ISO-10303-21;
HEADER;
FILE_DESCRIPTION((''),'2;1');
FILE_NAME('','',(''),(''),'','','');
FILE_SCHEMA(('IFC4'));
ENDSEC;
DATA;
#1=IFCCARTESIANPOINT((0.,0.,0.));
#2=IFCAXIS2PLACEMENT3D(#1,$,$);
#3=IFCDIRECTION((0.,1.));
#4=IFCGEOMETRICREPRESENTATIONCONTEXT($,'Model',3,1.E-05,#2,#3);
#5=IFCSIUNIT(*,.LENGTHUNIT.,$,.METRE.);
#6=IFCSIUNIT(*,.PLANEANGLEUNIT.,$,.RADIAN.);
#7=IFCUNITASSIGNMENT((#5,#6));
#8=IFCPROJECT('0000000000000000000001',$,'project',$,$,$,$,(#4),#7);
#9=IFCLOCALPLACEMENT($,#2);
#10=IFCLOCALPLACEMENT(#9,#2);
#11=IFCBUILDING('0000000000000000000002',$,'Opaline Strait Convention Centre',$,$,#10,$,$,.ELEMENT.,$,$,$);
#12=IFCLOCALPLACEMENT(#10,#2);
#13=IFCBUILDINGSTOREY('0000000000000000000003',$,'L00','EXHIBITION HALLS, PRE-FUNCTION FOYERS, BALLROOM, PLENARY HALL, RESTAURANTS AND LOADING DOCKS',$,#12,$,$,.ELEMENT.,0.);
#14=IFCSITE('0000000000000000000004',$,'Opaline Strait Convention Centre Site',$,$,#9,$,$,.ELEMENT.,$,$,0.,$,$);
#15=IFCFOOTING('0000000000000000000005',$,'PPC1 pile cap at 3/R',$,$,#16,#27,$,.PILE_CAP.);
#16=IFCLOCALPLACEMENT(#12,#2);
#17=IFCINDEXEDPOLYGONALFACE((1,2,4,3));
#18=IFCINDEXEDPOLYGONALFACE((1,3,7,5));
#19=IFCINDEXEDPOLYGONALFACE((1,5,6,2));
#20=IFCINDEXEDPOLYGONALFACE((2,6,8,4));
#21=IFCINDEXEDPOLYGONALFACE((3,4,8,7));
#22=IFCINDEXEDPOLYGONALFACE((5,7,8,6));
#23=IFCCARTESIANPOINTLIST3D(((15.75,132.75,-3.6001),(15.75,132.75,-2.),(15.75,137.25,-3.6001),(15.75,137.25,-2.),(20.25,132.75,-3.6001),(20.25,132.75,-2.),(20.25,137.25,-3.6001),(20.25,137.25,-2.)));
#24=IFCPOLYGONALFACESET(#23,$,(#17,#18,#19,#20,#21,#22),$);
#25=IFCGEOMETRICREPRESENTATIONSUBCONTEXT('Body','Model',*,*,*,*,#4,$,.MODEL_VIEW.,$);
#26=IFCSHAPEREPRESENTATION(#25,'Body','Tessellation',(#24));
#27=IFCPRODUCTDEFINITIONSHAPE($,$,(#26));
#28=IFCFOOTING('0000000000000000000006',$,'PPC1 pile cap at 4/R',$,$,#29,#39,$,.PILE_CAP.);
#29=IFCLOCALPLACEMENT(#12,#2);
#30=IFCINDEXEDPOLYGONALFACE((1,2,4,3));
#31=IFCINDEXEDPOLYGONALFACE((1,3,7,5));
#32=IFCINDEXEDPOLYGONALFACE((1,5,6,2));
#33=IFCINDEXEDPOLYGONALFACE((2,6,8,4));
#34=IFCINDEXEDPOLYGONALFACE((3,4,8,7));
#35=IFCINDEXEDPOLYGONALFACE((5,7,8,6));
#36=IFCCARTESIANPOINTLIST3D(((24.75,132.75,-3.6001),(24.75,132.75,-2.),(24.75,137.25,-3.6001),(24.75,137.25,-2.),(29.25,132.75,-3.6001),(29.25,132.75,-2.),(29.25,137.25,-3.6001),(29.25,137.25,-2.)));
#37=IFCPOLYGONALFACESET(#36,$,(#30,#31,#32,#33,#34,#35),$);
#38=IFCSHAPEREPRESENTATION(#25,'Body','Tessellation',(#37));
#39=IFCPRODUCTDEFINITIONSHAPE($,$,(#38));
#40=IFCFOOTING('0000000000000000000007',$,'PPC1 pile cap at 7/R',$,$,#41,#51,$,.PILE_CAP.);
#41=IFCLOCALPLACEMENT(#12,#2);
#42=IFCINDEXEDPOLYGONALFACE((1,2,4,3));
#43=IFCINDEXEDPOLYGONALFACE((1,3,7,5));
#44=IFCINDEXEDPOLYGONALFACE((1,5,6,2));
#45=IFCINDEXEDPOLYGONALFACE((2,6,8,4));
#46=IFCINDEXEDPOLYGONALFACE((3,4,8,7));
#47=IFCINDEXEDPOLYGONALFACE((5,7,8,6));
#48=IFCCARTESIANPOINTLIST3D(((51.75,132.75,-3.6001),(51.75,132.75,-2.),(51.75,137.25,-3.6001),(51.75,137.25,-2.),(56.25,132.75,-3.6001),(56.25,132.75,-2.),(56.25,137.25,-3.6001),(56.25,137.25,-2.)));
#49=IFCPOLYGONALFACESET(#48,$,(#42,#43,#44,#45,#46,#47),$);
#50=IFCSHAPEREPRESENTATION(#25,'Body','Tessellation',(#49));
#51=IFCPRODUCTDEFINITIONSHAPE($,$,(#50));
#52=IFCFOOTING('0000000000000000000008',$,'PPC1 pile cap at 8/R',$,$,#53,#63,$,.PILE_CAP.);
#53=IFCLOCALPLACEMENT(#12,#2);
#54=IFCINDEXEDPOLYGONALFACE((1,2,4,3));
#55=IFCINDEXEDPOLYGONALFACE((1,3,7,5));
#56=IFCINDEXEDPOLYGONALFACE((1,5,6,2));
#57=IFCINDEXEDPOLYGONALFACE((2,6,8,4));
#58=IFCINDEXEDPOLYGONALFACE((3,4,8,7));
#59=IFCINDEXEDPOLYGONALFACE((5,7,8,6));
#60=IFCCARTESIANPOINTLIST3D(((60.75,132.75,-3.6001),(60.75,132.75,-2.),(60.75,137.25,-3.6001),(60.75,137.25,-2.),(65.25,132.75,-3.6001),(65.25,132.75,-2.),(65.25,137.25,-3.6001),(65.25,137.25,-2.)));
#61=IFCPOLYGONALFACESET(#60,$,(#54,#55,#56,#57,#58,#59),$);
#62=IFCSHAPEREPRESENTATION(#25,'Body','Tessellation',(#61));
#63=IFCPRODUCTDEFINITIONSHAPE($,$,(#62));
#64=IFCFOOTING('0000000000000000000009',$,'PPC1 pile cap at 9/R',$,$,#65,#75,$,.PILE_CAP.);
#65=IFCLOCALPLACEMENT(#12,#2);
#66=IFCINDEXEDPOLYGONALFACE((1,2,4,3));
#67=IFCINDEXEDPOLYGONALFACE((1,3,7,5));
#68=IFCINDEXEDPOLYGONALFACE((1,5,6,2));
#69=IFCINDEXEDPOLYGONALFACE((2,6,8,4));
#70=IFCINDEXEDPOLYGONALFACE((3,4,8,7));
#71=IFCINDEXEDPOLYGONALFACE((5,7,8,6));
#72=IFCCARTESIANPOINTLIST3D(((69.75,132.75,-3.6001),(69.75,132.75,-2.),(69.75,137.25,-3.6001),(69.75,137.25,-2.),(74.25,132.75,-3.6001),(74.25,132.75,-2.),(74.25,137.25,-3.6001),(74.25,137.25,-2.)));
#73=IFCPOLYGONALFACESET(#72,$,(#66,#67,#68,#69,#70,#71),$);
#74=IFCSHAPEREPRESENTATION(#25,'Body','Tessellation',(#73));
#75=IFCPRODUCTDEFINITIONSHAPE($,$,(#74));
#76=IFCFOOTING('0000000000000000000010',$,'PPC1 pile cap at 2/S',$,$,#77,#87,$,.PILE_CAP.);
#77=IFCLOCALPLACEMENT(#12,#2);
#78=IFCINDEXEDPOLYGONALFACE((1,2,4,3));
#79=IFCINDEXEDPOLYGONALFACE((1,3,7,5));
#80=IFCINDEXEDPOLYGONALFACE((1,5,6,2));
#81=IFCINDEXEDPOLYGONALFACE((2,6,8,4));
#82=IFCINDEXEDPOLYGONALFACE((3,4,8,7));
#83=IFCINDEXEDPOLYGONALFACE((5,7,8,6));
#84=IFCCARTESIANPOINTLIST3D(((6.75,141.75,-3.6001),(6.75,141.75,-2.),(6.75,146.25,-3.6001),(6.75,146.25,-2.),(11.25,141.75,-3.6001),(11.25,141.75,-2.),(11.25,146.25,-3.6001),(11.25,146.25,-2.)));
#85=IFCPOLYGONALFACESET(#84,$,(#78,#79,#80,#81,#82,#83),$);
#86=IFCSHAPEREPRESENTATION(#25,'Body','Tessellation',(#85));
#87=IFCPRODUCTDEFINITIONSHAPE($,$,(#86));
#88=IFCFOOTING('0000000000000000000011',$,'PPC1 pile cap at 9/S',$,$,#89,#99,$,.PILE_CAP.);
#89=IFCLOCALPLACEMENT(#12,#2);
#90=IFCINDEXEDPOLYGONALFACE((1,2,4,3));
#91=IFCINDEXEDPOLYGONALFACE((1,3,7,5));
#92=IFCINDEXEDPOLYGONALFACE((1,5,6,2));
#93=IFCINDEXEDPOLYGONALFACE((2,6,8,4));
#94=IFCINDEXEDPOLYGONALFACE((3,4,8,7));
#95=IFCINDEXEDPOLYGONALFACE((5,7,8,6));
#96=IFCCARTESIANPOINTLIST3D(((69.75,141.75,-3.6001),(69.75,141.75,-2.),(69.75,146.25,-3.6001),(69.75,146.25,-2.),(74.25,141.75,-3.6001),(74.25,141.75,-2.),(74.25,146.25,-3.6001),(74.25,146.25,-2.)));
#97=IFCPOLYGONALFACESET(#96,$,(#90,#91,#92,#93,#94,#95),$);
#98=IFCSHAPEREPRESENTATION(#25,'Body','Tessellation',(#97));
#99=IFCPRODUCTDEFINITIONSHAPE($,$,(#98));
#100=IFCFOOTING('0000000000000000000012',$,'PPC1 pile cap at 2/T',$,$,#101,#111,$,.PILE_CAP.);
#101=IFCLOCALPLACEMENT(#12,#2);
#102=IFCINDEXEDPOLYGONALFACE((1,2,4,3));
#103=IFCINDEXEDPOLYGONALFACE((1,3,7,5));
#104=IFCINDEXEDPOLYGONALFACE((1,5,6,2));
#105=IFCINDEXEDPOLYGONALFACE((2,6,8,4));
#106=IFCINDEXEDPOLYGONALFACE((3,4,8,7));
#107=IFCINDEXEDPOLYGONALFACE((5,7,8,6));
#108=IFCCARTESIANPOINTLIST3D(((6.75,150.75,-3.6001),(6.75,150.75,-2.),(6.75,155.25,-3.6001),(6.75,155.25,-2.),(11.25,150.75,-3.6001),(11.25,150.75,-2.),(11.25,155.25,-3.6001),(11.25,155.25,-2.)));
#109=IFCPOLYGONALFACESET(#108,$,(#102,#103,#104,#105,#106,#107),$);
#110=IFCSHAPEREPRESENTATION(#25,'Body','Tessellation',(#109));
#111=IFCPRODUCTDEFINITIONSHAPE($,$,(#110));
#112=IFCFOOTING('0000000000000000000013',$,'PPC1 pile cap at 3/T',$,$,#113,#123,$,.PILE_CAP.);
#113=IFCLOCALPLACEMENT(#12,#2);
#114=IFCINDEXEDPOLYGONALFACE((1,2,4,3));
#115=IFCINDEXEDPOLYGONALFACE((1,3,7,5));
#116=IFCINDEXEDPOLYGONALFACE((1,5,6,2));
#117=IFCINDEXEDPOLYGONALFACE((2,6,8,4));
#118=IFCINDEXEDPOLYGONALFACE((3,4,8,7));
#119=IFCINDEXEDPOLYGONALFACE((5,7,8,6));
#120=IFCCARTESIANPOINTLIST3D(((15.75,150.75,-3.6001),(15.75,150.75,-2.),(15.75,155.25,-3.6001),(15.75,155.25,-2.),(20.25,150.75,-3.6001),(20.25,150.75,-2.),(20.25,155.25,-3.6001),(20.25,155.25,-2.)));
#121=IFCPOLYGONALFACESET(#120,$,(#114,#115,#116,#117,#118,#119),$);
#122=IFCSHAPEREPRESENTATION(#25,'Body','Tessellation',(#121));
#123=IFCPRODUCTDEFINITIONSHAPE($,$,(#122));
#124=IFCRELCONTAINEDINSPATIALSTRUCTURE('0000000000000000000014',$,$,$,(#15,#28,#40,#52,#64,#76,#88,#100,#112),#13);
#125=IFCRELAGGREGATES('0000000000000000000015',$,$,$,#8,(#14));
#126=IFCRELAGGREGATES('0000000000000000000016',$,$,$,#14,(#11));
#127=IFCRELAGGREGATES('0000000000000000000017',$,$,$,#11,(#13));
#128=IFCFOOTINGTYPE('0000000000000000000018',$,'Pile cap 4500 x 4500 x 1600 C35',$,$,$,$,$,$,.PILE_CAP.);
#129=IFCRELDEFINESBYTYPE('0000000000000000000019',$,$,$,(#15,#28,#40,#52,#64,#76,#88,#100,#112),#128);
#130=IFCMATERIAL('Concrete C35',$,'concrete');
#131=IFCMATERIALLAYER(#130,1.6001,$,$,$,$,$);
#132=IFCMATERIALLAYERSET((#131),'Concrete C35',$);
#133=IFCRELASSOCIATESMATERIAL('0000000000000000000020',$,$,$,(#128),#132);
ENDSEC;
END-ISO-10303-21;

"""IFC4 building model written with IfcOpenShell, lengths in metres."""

from ifc_helpers import new_model, si_unit, direction, frame, origin, place, context, subcontext, project, spatial, polyline, outline, extrude, material, layer, layer_set, type_object, element, save


model = new_model("IFC4")

# Units and contexts
model_context = context("Model", 3, precision=1e-05, world=origin(), true_north=direction((0.0, 1.0)))
body_context = subcontext(model_context, "Body", "Model", "MODEL_VIEW")
ifc_project = project(units=[si_unit("LENGTHUNIT", "METRE"), si_unit("PLANEANGLEUNIT", "RADIAN")], contexts=[model_context])

# Site, building, storey
site_placement = place(None, origin())
site = spatial("IfcSite", under=ifc_project, at=site_placement, Name="Opaline Strait Convention Centre Site", CompositionType="ELEMENT", RefElevation=0.0)
building_placement = place(site_placement, origin())
building = spatial("IfcBuilding", under=site, at=building_placement, Name="Opaline Strait Convention Centre", CompositionType="ELEMENT")
storey_placement = place(building_placement, origin())
storey = spatial("IfcBuildingStorey", under=building, at=storey_placement, Name="L00", Description="EXHIBITION HALLS, PRE-FUNCTION FOYERS, BALLROOM, PLENARY HALL, RESTAURANTS AND LOADING DOCKS", CompositionType="ELEMENT", Elevation=0.0)

# Footings
ifc_material = material(Name="Concrete C35", Category="concrete")
ifc_layer = layer(ifc_material, 1.6001)
ifc_layer_set = layer_set([ifc_layer], Name="Concrete C35")
footing_type = type_object("IfcFootingType", Name="Pile cap 4500 x 4500 x 1600 C35", PredefinedType="PILE_CAP", material=ifc_layer_set)
footing_1_placement = place(storey_placement, frame((0.0, 0.0, -3.6001)))
element("IfcFooting", 1, at=footing_1_placement, inside=storey, type_object=footing_type, Name="PPC1 pile cap at 3/R", PredefinedType="PILE_CAP", context=body_context, shape_type="SweptSolid", body=[
    extrude(outline(polyline([(15.75, 132.75), (20.25, 132.75), (20.25, 137.25), (15.75, 137.25), (15.75, 132.75)])), origin(), (0.0, 0.0, 1.0), 1.6001),
])
footing_2_placement = place(storey_placement, frame((0.0, 0.0, -3.6001)))
element("IfcFooting", 2, at=footing_2_placement, inside=storey, type_object=footing_type, Name="PPC1 pile cap at 4/R", PredefinedType="PILE_CAP", context=body_context, shape_type="SweptSolid", body=[
    extrude(outline(polyline([(24.75, 132.75), (29.25, 132.75), (29.25, 137.25), (24.75, 137.25), (24.75, 132.75)])), origin(), (0.0, 0.0, 1.0), 1.6001),
])
footing_3_placement = place(storey_placement, frame((0.0, 0.0, -3.6001)))
element("IfcFooting", 3, at=footing_3_placement, inside=storey, type_object=footing_type, Name="PPC1 pile cap at 7/R", PredefinedType="PILE_CAP", context=body_context, shape_type="SweptSolid", body=[
    extrude(outline(polyline([(51.75, 132.75), (56.25, 132.75), (56.25, 137.25), (51.75, 137.25), (51.75, 132.75)])), origin(), (0.0, 0.0, 1.0), 1.6001),
])
footing_4_placement = place(storey_placement, frame((0.0, 0.0, -3.6001)))
element("IfcFooting", 4, at=footing_4_placement, inside=storey, type_object=footing_type, Name="PPC1 pile cap at 8/R", PredefinedType="PILE_CAP", context=body_context, shape_type="SweptSolid", body=[
    extrude(outline(polyline([(60.75, 132.75), (65.25, 132.75), (65.25, 137.25), (60.75, 137.25), (60.75, 132.75)])), origin(), (0.0, 0.0, 1.0), 1.6001),
])
footing_5_placement = place(storey_placement, frame((0.0, 0.0, -3.6001)))
element("IfcFooting", 5, at=footing_5_placement, inside=storey, type_object=footing_type, Name="PPC1 pile cap at 9/R", PredefinedType="PILE_CAP", context=body_context, shape_type="SweptSolid", body=[
    extrude(outline(polyline([(69.75, 132.75), (74.25, 132.75), (74.25, 137.25), (69.75, 137.25), (69.75, 132.75)])), origin(), (0.0, 0.0, 1.0), 1.6001),
])
footing_6_placement = place(storey_placement, frame((0.0, 0.0, -3.6001)))
element("IfcFooting", 6, at=footing_6_placement, inside=storey, type_object=footing_type, Name="PPC1 pile cap at 2/S", PredefinedType="PILE_CAP", context=body_context, shape_type="SweptSolid", body=[
    extrude(outline(polyline([(6.75, 141.75), (11.25, 141.75), (11.25, 146.25), (6.75, 146.25), (6.75, 141.75)])), origin(), (0.0, 0.0, 1.0), 1.6001),
])
footing_7_placement = place(storey_placement, frame((0.0, 0.0, -3.6001)))
element("IfcFooting", 7, at=footing_7_placement, inside=storey, type_object=footing_type, Name="PPC1 pile cap at 9/S", PredefinedType="PILE_CAP", context=body_context, shape_type="SweptSolid", body=[
    extrude(outline(polyline([(69.75, 141.75), (74.25, 141.75), (74.25, 146.25), (69.75, 146.25), (69.75, 141.75)])), origin(), (0.0, 0.0, 1.0), 1.6001),
])
footing_8_placement = place(storey_placement, frame((0.0, 0.0, -3.6001)))
element("IfcFooting", 8, at=footing_8_placement, inside=storey, type_object=footing_type, Name="PPC1 pile cap at 2/T", PredefinedType="PILE_CAP", context=body_context, shape_type="SweptSolid", body=[
    extrude(outline(polyline([(6.75, 150.75), (11.25, 150.75), (11.25, 155.25), (6.75, 155.25), (6.75, 150.75)])), origin(), (0.0, 0.0, 1.0), 1.6001),
])
footing_9_placement = place(storey_placement, frame((0.0, 0.0, -3.6001)))
element("IfcFooting", 9, at=footing_9_placement, inside=storey, type_object=footing_type, Name="PPC1 pile cap at 3/T", PredefinedType="PILE_CAP", context=body_context, shape_type="SweptSolid", body=[
    extrude(outline(polyline([(15.75, 150.75), (20.25, 150.75), (20.25, 155.25), (15.75, 155.25), (15.75, 150.75)])), origin(), (0.0, 0.0, 1.0), 1.6001),
])

save(model, "model.ifc")
